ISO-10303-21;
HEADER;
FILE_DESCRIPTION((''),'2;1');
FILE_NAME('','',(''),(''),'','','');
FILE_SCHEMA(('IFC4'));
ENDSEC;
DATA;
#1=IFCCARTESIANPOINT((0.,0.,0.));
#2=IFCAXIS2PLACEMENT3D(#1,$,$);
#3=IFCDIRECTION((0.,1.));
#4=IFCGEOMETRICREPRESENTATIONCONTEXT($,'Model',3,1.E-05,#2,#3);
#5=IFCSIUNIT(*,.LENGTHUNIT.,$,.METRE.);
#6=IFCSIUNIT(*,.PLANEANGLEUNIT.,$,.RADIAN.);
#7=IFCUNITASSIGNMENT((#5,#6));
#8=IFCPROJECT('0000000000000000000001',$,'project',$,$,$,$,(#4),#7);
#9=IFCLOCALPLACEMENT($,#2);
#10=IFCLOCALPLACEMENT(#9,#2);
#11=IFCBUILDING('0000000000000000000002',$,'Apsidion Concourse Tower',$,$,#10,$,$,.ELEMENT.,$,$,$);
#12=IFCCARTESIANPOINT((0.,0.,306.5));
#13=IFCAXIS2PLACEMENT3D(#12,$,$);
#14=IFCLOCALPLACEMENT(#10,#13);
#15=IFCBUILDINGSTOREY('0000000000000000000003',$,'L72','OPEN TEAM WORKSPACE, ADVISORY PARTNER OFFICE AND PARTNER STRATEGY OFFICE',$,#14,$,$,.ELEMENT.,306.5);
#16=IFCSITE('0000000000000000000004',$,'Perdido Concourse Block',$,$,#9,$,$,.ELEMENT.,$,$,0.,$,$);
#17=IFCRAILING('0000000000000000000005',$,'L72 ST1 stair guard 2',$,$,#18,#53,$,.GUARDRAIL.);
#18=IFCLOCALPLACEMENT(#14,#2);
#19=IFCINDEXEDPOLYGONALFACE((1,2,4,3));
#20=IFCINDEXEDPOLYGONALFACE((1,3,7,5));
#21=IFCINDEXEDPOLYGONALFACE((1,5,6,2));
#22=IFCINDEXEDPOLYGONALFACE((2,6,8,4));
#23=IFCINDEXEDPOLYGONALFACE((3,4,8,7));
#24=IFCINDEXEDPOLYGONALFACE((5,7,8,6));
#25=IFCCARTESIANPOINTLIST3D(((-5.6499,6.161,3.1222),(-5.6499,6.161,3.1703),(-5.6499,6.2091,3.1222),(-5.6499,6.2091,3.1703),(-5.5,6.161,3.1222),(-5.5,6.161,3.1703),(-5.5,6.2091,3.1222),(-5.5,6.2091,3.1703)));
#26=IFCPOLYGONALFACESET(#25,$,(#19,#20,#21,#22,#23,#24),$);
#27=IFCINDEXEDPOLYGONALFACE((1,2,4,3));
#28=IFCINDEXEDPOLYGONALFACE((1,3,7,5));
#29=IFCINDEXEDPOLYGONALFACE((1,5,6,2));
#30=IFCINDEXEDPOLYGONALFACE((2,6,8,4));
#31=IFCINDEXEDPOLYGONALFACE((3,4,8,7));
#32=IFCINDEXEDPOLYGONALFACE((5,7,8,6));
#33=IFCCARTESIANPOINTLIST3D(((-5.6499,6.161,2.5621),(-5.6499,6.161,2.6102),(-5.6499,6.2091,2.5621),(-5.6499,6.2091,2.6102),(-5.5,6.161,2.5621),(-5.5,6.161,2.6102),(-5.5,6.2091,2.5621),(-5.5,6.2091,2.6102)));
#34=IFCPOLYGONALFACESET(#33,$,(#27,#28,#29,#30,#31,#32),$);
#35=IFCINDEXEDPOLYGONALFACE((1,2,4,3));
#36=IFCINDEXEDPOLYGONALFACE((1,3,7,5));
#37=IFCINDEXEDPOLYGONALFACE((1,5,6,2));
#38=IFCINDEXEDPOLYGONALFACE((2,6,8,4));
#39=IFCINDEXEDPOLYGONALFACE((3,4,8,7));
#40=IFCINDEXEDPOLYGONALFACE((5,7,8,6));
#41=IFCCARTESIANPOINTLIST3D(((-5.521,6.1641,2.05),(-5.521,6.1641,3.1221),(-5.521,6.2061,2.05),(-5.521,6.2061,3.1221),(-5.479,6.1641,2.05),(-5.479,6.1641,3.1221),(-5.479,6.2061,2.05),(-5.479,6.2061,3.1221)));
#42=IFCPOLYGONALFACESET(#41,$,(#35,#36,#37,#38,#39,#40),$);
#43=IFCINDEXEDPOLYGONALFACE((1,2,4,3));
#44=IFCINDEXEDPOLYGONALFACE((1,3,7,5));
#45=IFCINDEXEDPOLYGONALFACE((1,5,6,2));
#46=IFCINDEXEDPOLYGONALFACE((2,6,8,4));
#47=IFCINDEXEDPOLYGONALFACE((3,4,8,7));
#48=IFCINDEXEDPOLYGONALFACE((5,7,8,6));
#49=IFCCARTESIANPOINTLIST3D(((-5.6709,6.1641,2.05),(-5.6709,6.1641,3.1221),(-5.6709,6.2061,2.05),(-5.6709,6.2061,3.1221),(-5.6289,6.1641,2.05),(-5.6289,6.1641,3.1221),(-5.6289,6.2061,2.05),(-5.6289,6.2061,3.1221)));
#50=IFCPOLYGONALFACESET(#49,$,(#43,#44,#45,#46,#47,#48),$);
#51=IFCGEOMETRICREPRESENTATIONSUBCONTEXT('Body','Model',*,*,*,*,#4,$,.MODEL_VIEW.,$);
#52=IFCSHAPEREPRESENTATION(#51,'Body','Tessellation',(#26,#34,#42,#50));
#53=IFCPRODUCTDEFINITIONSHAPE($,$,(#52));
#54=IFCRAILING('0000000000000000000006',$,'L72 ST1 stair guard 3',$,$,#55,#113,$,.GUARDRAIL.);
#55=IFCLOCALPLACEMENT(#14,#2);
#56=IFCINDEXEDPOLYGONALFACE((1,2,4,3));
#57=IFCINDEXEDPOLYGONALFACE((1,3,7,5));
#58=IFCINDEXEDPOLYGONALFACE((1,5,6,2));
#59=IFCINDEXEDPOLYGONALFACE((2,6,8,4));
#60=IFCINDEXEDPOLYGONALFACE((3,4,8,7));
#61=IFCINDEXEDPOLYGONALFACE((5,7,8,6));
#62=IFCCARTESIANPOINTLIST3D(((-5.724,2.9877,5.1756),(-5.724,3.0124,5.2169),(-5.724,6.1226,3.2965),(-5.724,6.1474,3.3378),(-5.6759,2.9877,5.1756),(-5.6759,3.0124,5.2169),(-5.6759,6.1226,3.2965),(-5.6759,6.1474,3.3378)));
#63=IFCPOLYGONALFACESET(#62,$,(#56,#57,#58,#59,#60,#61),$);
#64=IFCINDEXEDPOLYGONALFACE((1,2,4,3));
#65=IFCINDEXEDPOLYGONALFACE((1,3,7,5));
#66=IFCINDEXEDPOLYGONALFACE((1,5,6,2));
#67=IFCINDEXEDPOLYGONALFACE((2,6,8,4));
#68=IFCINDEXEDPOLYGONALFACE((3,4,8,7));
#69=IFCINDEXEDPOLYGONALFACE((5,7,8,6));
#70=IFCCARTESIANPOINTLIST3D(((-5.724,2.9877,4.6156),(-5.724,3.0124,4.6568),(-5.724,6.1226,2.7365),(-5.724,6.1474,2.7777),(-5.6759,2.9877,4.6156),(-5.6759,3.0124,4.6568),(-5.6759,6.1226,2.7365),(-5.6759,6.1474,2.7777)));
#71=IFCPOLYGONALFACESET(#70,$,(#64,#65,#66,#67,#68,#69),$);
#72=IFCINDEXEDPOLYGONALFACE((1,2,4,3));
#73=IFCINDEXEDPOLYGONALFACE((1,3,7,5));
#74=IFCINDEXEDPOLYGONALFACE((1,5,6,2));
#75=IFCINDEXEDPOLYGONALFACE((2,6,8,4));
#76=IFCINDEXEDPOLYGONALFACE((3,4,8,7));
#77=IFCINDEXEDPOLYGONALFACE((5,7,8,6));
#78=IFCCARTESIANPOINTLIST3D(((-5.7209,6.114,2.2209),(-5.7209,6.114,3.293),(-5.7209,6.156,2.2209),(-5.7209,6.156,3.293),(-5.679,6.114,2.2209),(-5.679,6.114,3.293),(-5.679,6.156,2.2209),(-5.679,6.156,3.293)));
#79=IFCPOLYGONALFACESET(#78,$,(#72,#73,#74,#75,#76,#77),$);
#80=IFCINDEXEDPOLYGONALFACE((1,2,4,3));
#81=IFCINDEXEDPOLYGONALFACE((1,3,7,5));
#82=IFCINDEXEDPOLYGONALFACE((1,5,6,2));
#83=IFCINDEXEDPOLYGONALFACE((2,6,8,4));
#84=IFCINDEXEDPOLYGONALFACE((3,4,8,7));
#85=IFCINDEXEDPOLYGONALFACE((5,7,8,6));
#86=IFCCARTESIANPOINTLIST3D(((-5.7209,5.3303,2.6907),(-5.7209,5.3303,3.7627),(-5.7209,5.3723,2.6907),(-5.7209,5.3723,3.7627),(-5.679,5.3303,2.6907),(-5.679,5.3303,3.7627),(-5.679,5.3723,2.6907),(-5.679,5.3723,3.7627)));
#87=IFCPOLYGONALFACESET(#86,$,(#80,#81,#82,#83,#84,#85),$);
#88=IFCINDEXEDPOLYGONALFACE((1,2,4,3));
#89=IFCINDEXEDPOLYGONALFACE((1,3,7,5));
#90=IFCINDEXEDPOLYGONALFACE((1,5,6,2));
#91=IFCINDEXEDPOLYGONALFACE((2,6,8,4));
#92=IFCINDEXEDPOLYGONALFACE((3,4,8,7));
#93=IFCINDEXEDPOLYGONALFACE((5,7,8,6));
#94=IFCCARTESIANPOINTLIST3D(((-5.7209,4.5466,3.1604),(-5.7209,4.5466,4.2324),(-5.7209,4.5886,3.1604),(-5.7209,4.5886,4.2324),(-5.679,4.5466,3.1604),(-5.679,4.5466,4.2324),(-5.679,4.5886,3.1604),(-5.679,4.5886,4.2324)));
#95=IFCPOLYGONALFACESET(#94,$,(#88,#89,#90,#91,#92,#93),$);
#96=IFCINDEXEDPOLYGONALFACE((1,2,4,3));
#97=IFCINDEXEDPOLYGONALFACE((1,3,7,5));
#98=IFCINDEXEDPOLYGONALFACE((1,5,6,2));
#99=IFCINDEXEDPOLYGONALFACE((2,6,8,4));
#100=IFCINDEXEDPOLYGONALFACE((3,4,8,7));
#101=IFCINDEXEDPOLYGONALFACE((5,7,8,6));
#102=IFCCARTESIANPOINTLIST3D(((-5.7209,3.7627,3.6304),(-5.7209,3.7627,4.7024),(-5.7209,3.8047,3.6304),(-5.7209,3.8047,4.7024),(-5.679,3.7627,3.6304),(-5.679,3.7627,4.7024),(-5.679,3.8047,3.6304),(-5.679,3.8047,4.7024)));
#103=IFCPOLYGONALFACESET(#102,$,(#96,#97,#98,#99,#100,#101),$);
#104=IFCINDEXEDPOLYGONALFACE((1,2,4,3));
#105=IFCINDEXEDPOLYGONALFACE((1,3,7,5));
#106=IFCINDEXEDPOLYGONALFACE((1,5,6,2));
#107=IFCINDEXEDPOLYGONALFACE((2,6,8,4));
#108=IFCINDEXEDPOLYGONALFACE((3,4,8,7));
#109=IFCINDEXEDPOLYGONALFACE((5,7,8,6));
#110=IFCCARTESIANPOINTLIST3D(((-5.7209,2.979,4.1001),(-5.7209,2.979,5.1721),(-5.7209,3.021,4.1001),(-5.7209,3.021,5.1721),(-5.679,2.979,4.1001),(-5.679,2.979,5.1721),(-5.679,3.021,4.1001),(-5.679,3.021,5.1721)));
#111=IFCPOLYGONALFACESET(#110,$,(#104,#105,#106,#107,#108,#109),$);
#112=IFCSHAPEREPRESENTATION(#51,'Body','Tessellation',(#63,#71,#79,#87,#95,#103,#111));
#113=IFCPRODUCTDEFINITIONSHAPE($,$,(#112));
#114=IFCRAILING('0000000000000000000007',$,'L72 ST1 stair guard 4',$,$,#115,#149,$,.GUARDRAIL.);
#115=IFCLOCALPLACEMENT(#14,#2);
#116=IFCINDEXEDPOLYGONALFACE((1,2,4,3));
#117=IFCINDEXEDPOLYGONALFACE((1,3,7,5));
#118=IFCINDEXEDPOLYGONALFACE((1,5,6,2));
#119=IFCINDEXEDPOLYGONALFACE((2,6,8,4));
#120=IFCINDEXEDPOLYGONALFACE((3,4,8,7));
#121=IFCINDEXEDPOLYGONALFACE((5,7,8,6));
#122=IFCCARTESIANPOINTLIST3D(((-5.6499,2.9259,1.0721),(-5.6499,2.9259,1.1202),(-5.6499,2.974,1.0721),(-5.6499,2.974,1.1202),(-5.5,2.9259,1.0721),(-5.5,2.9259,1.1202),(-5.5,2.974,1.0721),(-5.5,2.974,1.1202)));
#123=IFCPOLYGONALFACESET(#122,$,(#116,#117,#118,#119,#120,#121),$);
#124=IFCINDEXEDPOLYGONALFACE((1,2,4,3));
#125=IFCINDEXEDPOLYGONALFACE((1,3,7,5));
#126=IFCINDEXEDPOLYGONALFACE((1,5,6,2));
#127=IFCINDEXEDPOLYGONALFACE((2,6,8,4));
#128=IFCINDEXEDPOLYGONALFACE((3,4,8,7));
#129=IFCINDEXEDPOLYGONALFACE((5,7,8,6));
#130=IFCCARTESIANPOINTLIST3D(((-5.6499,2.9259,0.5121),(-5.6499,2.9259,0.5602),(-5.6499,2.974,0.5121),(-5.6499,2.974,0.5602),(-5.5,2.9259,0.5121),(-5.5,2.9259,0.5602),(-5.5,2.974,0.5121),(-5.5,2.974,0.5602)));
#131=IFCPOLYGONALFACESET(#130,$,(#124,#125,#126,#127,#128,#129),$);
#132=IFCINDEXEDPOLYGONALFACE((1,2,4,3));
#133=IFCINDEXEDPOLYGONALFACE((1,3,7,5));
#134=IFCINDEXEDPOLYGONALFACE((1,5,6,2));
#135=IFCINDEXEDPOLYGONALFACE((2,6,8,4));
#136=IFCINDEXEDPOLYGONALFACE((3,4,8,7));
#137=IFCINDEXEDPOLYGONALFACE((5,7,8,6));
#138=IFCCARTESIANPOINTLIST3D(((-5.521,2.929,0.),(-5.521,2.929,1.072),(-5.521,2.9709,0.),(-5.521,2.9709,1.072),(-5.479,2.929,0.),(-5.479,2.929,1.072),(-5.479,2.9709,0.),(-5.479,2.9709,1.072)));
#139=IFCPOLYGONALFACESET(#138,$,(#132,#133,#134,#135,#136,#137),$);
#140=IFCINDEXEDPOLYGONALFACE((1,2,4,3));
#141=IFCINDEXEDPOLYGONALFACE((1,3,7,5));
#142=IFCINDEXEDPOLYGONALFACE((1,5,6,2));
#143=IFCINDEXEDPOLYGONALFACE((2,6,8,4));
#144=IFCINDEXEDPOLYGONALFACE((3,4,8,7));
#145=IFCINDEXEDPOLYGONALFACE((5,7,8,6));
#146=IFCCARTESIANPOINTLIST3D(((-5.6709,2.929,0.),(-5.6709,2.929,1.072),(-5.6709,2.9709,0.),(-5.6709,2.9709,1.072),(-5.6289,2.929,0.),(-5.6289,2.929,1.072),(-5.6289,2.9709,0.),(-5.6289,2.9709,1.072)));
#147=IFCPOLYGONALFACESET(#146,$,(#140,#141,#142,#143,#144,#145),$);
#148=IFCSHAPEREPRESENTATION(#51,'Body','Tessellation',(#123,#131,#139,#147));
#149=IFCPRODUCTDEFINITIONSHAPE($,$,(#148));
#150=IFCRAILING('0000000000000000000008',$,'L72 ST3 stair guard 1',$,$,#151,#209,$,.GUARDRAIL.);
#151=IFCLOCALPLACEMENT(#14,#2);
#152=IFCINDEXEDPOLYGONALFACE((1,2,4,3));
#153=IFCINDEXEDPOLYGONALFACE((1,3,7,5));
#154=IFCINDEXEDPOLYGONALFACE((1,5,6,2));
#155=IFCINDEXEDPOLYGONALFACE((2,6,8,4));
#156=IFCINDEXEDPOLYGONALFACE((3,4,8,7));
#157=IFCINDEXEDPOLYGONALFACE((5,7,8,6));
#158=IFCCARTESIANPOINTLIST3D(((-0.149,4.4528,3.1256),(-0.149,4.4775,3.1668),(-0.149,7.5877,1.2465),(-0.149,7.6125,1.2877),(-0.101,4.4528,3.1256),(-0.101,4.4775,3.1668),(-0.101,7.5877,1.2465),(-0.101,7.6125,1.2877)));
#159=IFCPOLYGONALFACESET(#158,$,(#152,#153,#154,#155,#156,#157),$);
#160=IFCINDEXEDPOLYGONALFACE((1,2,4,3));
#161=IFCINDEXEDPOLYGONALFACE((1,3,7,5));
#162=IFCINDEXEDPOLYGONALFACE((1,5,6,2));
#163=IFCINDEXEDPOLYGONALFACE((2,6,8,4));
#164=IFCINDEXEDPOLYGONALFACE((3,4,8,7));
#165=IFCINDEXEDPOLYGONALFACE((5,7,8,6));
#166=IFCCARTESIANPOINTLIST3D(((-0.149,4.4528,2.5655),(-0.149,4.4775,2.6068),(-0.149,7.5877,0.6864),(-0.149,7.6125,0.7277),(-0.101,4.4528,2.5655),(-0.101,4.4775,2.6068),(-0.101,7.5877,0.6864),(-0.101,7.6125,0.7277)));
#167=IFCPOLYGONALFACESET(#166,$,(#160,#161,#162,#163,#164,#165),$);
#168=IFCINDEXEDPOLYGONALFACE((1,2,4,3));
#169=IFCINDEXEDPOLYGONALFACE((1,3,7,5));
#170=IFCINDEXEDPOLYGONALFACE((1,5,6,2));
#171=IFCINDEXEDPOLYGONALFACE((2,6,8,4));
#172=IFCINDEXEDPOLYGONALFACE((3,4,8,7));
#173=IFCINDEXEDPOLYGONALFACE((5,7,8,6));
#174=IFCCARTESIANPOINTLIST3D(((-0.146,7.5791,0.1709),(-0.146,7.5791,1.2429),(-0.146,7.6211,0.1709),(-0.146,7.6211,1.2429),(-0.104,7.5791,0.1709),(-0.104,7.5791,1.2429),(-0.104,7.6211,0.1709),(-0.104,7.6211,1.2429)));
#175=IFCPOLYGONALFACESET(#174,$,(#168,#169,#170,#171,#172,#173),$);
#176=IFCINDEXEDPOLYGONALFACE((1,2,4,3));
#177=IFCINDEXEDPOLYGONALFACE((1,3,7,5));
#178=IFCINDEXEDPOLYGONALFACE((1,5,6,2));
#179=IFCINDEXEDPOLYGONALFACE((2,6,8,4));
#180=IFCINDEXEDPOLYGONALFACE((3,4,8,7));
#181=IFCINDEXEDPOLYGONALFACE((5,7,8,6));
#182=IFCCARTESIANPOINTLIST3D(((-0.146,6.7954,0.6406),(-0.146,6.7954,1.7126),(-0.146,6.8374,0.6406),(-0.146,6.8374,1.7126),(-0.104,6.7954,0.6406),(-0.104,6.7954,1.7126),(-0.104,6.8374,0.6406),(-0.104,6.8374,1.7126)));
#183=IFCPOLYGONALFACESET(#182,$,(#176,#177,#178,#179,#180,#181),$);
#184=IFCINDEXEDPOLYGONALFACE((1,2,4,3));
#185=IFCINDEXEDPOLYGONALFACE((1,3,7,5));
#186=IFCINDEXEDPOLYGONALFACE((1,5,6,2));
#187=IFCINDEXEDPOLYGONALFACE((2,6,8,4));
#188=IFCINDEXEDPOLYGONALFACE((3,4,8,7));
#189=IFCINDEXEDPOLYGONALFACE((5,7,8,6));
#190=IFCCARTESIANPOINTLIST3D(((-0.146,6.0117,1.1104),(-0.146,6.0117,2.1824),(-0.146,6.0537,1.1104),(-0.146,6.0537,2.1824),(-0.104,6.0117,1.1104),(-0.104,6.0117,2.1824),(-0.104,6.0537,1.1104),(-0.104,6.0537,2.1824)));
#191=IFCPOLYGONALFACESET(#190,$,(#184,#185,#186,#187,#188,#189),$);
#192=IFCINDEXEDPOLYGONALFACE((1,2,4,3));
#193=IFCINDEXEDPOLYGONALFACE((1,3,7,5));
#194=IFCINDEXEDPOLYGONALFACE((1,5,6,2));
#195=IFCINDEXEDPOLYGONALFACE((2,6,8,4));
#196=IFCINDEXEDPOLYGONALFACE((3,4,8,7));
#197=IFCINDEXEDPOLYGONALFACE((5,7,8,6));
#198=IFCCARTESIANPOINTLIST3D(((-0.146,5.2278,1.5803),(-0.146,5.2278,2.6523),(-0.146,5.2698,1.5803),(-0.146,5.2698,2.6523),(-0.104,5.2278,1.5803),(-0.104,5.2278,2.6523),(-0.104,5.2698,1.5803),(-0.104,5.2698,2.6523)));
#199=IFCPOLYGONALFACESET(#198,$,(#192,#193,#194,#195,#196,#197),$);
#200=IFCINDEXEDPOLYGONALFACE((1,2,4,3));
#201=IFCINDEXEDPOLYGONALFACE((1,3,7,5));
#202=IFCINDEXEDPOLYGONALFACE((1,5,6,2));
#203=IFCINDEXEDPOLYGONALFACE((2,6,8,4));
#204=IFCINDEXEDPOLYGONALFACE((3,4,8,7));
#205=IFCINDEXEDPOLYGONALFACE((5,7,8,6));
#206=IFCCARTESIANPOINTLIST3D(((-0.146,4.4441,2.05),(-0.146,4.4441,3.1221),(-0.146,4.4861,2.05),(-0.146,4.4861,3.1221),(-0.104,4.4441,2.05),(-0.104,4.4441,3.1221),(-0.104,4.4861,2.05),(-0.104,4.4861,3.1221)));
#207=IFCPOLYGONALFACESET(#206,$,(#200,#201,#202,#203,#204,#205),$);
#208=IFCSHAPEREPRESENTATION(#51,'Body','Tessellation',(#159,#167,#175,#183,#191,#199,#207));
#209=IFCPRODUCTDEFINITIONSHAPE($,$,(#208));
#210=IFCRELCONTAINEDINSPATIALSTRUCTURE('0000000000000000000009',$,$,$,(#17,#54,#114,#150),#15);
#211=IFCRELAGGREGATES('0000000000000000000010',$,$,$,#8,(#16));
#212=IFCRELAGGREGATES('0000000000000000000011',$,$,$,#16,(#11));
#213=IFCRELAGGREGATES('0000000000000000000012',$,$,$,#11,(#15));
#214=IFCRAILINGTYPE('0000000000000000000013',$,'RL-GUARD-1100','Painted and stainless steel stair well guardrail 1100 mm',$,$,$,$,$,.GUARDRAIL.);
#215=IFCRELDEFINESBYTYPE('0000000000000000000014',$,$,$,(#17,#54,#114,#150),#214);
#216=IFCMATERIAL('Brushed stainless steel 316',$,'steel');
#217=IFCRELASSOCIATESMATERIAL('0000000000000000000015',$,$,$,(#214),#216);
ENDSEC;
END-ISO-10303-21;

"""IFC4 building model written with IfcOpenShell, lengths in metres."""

from ifc_helpers import new_model, si_unit, direction, frame, origin, origin_2d, place, context, subcontext, project, spatial, rectangle, extrude, material, type_object, element, save


model = new_model("IFC4")

# Units and contexts
model_context = context("Model", 3, precision=1e-05, world=origin(), true_north=direction((0.0, 1.0)))
body_context = subcontext(model_context, "Body", "Model", "MODEL_VIEW")
ifc_project = project(units=[si_unit("LENGTHUNIT", "METRE"), si_unit("PLANEANGLEUNIT", "RADIAN")], contexts=[model_context])

# Site, building, storey
site_placement = place(None, origin())
site = spatial("IfcSite", under=ifc_project, at=site_placement, Name="Perdido Concourse Block", CompositionType="ELEMENT", RefElevation=0.0)
building_placement = place(site_placement, origin())
building = spatial("IfcBuilding", under=site, at=building_placement, Name="Apsidion Concourse Tower", CompositionType="ELEMENT")
storey_placement = place(building_placement, frame((0.0, 0.0, 306.5)))
storey = spatial("IfcBuildingStorey", under=building, at=storey_placement, Name="L72", Description="OPEN TEAM WORKSPACE, ADVISORY PARTNER OFFICE AND PARTNER STRATEGY OFFICE", CompositionType="ELEMENT", Elevation=306.5)

# Shared definitions
ifc_material_1 = material(Name="Brushed stainless steel 316", Category="steel")

# Railings
railing_type_1 = type_object("IfcRailingType", Name="RL-GUARD-1100", Description="Painted and stainless steel stair well guardrail 1100 mm", PredefinedType="GUARDRAIL", material=ifc_material_1)
railing_1_placement = place(storey_placement, frame((-5.5, 6.1851, 2.05)))
element("IfcRailing", 1, at=railing_1_placement, inside=storey, type_object=railing_type_1, Name="L72 ST1 stair guard 2", PredefinedType="GUARDRAIL", context=body_context, shape_type="SweptSolid", body=[
    extrude(rectangle(XDim=0.0481, YDim=0.0481, at=origin_2d()), frame((0.0, 0.0, 1.0962), z_axis=(-1.0, 0.0, 0.0), x_axis=(0.0, -1.0, 0.0)), (0.0, 0.0, 1.0), 0.1499),
    extrude(rectangle(XDim=0.0481, YDim=0.0481, at=origin_2d()), frame((0.0, 0.0, 0.5361), z_axis=(-1.0, 0.0, 0.0), x_axis=(0.0, -1.0, 0.0)), (0.0, 0.0, 1.0), 0.1499),
    extrude(rectangle(XDim=0.042, YDim=0.042, at=origin_2d()), origin(), (0.0, 0.0, 1.0), 1.072),
    extrude(rectangle(XDim=0.042, YDim=0.042, at=origin_2d()), frame((-0.1499, 0.0, 0.0)), (0.0, 0.0, 1.0), 1.072),
])
railing_2_placement = place(storey_placement, frame((-5.7, 6.135, 2.2209)))
element("IfcRailing", 2, at=railing_2_placement, inside=storey, type_object=railing_type_1, Name="L72 ST1 stair guard 3", PredefinedType="GUARDRAIL", context=body_context, shape_type="SweptSolid", body=[
    extrude(rectangle(XDim=0.0481, YDim=0.0481, at=origin_2d()), frame((0.0, 0.0, 1.0962), z_axis=(0.0, -0.857717, 0.514122), x_axis=(1.0, 0.0, 0.0)), (0.0, 0.0, 1.0), 3.655),
    extrude(rectangle(XDim=0.0481, YDim=0.0481, at=origin_2d()), frame((0.0, 0.0, 0.5361), z_axis=(0.0, -0.857717, 0.514122), x_axis=(1.0, 0.0, 0.0)), (0.0, 0.0, 1.0), 3.655),
    extrude(rectangle(XDim=0.042, YDim=0.042, at=origin_2d()), origin(), (0.0, 0.0, 1.0), 1.072),
    extrude(rectangle(XDim=0.042, YDim=0.042, at=origin_2d()), frame((0.0, -0.7837, 0.4697)), (0.0, 0.0, 1.0), 1.072),
    extrude(rectangle(XDim=0.042, YDim=0.042, at=origin_2d()), frame((0.0, -1.5674, 0.9395)), (0.0, 0.0, 1.0), 1.072),
    extrude(rectangle(XDim=0.042, YDim=0.042, at=origin_2d()), frame((0.0, -2.3513, 1.4094)), (0.0, 0.0, 1.0), 1.072),
    extrude(rectangle(XDim=0.042, YDim=0.042, at=origin_2d()), frame((0.0, -3.135, 1.8792)), (0.0, 0.0, 1.0), 1.072),
])
railing_3_placement = place(storey_placement, frame((-5.5, 2.95, 0.0)))
element("IfcRailing", 3, at=railing_3_placement, inside=storey, type_object=railing_type_1, Name="L72 ST1 stair guard 4", PredefinedType="GUARDRAIL", context=body_context, shape_type="SweptSolid", body=[
    extrude(rectangle(XDim=0.0481, YDim=0.0481, at=origin_2d()), frame((0.0, 0.0, 1.0962), z_axis=(-1.0, 0.0, 0.0), x_axis=(0.0, -1.0, 0.0)), (0.0, 0.0, 1.0), 0.1499),
    extrude(rectangle(XDim=0.0481, YDim=0.0481, at=origin_2d()), frame((0.0, 0.0, 0.5361), z_axis=(-1.0, 0.0, 0.0), x_axis=(0.0, -1.0, 0.0)), (0.0, 0.0, 1.0), 0.1499),
    extrude(rectangle(XDim=0.042, YDim=0.042, at=origin_2d()), origin(), (0.0, 0.0, 1.0), 1.072),
    extrude(rectangle(XDim=0.042, YDim=0.042, at=origin_2d()), frame((-0.1499, 0.0, 0.0)), (0.0, 0.0, 1.0), 1.072),
])
railing_4_placement = place(storey_placement, frame((-0.125, 7.6001, 0.1709)))
element("IfcRailing", 4, at=railing_4_placement, inside=storey, type_object=railing_type_1, Name="L72 ST3 stair guard 1", PredefinedType="GUARDRAIL", context=body_context, shape_type="SweptSolid", body=[
    extrude(rectangle(XDim=0.0481, YDim=0.0481, at=origin_2d()), frame((0.0, 0.0, 1.0962), z_axis=(0.0, -0.857717, 0.514122), x_axis=(1.0, 0.0, 0.0)), (0.0, 0.0, 1.0), 3.655),
    extrude(rectangle(XDim=0.0481, YDim=0.0481, at=origin_2d()), frame((0.0, 0.0, 0.5361), z_axis=(0.0, -0.857717, 0.514122), x_axis=(1.0, 0.0, 0.0)), (0.0, 0.0, 1.0), 3.655),
    extrude(rectangle(XDim=0.042, YDim=0.042, at=origin_2d()), origin(), (0.0, 0.0, 1.0), 1.072),
    extrude(rectangle(XDim=0.042, YDim=0.042, at=origin_2d()), frame((0.0, -0.7837, 0.4697)), (0.0, 0.0, 1.0), 1.072),
    extrude(rectangle(XDim=0.042, YDim=0.042, at=origin_2d()), frame((0.0, -1.5674, 0.9395)), (0.0, 0.0, 1.0), 1.072),
    extrude(rectangle(XDim=0.042, YDim=0.042, at=origin_2d()), frame((0.0, -2.3513, 1.4094)), (0.0, 0.0, 1.0), 1.072),
    extrude(rectangle(XDim=0.042, YDim=0.042, at=origin_2d()), frame((0.0, -3.135, 1.8792)), (0.0, 0.0, 1.0), 1.072),
])

save(model, "model.ifc")
